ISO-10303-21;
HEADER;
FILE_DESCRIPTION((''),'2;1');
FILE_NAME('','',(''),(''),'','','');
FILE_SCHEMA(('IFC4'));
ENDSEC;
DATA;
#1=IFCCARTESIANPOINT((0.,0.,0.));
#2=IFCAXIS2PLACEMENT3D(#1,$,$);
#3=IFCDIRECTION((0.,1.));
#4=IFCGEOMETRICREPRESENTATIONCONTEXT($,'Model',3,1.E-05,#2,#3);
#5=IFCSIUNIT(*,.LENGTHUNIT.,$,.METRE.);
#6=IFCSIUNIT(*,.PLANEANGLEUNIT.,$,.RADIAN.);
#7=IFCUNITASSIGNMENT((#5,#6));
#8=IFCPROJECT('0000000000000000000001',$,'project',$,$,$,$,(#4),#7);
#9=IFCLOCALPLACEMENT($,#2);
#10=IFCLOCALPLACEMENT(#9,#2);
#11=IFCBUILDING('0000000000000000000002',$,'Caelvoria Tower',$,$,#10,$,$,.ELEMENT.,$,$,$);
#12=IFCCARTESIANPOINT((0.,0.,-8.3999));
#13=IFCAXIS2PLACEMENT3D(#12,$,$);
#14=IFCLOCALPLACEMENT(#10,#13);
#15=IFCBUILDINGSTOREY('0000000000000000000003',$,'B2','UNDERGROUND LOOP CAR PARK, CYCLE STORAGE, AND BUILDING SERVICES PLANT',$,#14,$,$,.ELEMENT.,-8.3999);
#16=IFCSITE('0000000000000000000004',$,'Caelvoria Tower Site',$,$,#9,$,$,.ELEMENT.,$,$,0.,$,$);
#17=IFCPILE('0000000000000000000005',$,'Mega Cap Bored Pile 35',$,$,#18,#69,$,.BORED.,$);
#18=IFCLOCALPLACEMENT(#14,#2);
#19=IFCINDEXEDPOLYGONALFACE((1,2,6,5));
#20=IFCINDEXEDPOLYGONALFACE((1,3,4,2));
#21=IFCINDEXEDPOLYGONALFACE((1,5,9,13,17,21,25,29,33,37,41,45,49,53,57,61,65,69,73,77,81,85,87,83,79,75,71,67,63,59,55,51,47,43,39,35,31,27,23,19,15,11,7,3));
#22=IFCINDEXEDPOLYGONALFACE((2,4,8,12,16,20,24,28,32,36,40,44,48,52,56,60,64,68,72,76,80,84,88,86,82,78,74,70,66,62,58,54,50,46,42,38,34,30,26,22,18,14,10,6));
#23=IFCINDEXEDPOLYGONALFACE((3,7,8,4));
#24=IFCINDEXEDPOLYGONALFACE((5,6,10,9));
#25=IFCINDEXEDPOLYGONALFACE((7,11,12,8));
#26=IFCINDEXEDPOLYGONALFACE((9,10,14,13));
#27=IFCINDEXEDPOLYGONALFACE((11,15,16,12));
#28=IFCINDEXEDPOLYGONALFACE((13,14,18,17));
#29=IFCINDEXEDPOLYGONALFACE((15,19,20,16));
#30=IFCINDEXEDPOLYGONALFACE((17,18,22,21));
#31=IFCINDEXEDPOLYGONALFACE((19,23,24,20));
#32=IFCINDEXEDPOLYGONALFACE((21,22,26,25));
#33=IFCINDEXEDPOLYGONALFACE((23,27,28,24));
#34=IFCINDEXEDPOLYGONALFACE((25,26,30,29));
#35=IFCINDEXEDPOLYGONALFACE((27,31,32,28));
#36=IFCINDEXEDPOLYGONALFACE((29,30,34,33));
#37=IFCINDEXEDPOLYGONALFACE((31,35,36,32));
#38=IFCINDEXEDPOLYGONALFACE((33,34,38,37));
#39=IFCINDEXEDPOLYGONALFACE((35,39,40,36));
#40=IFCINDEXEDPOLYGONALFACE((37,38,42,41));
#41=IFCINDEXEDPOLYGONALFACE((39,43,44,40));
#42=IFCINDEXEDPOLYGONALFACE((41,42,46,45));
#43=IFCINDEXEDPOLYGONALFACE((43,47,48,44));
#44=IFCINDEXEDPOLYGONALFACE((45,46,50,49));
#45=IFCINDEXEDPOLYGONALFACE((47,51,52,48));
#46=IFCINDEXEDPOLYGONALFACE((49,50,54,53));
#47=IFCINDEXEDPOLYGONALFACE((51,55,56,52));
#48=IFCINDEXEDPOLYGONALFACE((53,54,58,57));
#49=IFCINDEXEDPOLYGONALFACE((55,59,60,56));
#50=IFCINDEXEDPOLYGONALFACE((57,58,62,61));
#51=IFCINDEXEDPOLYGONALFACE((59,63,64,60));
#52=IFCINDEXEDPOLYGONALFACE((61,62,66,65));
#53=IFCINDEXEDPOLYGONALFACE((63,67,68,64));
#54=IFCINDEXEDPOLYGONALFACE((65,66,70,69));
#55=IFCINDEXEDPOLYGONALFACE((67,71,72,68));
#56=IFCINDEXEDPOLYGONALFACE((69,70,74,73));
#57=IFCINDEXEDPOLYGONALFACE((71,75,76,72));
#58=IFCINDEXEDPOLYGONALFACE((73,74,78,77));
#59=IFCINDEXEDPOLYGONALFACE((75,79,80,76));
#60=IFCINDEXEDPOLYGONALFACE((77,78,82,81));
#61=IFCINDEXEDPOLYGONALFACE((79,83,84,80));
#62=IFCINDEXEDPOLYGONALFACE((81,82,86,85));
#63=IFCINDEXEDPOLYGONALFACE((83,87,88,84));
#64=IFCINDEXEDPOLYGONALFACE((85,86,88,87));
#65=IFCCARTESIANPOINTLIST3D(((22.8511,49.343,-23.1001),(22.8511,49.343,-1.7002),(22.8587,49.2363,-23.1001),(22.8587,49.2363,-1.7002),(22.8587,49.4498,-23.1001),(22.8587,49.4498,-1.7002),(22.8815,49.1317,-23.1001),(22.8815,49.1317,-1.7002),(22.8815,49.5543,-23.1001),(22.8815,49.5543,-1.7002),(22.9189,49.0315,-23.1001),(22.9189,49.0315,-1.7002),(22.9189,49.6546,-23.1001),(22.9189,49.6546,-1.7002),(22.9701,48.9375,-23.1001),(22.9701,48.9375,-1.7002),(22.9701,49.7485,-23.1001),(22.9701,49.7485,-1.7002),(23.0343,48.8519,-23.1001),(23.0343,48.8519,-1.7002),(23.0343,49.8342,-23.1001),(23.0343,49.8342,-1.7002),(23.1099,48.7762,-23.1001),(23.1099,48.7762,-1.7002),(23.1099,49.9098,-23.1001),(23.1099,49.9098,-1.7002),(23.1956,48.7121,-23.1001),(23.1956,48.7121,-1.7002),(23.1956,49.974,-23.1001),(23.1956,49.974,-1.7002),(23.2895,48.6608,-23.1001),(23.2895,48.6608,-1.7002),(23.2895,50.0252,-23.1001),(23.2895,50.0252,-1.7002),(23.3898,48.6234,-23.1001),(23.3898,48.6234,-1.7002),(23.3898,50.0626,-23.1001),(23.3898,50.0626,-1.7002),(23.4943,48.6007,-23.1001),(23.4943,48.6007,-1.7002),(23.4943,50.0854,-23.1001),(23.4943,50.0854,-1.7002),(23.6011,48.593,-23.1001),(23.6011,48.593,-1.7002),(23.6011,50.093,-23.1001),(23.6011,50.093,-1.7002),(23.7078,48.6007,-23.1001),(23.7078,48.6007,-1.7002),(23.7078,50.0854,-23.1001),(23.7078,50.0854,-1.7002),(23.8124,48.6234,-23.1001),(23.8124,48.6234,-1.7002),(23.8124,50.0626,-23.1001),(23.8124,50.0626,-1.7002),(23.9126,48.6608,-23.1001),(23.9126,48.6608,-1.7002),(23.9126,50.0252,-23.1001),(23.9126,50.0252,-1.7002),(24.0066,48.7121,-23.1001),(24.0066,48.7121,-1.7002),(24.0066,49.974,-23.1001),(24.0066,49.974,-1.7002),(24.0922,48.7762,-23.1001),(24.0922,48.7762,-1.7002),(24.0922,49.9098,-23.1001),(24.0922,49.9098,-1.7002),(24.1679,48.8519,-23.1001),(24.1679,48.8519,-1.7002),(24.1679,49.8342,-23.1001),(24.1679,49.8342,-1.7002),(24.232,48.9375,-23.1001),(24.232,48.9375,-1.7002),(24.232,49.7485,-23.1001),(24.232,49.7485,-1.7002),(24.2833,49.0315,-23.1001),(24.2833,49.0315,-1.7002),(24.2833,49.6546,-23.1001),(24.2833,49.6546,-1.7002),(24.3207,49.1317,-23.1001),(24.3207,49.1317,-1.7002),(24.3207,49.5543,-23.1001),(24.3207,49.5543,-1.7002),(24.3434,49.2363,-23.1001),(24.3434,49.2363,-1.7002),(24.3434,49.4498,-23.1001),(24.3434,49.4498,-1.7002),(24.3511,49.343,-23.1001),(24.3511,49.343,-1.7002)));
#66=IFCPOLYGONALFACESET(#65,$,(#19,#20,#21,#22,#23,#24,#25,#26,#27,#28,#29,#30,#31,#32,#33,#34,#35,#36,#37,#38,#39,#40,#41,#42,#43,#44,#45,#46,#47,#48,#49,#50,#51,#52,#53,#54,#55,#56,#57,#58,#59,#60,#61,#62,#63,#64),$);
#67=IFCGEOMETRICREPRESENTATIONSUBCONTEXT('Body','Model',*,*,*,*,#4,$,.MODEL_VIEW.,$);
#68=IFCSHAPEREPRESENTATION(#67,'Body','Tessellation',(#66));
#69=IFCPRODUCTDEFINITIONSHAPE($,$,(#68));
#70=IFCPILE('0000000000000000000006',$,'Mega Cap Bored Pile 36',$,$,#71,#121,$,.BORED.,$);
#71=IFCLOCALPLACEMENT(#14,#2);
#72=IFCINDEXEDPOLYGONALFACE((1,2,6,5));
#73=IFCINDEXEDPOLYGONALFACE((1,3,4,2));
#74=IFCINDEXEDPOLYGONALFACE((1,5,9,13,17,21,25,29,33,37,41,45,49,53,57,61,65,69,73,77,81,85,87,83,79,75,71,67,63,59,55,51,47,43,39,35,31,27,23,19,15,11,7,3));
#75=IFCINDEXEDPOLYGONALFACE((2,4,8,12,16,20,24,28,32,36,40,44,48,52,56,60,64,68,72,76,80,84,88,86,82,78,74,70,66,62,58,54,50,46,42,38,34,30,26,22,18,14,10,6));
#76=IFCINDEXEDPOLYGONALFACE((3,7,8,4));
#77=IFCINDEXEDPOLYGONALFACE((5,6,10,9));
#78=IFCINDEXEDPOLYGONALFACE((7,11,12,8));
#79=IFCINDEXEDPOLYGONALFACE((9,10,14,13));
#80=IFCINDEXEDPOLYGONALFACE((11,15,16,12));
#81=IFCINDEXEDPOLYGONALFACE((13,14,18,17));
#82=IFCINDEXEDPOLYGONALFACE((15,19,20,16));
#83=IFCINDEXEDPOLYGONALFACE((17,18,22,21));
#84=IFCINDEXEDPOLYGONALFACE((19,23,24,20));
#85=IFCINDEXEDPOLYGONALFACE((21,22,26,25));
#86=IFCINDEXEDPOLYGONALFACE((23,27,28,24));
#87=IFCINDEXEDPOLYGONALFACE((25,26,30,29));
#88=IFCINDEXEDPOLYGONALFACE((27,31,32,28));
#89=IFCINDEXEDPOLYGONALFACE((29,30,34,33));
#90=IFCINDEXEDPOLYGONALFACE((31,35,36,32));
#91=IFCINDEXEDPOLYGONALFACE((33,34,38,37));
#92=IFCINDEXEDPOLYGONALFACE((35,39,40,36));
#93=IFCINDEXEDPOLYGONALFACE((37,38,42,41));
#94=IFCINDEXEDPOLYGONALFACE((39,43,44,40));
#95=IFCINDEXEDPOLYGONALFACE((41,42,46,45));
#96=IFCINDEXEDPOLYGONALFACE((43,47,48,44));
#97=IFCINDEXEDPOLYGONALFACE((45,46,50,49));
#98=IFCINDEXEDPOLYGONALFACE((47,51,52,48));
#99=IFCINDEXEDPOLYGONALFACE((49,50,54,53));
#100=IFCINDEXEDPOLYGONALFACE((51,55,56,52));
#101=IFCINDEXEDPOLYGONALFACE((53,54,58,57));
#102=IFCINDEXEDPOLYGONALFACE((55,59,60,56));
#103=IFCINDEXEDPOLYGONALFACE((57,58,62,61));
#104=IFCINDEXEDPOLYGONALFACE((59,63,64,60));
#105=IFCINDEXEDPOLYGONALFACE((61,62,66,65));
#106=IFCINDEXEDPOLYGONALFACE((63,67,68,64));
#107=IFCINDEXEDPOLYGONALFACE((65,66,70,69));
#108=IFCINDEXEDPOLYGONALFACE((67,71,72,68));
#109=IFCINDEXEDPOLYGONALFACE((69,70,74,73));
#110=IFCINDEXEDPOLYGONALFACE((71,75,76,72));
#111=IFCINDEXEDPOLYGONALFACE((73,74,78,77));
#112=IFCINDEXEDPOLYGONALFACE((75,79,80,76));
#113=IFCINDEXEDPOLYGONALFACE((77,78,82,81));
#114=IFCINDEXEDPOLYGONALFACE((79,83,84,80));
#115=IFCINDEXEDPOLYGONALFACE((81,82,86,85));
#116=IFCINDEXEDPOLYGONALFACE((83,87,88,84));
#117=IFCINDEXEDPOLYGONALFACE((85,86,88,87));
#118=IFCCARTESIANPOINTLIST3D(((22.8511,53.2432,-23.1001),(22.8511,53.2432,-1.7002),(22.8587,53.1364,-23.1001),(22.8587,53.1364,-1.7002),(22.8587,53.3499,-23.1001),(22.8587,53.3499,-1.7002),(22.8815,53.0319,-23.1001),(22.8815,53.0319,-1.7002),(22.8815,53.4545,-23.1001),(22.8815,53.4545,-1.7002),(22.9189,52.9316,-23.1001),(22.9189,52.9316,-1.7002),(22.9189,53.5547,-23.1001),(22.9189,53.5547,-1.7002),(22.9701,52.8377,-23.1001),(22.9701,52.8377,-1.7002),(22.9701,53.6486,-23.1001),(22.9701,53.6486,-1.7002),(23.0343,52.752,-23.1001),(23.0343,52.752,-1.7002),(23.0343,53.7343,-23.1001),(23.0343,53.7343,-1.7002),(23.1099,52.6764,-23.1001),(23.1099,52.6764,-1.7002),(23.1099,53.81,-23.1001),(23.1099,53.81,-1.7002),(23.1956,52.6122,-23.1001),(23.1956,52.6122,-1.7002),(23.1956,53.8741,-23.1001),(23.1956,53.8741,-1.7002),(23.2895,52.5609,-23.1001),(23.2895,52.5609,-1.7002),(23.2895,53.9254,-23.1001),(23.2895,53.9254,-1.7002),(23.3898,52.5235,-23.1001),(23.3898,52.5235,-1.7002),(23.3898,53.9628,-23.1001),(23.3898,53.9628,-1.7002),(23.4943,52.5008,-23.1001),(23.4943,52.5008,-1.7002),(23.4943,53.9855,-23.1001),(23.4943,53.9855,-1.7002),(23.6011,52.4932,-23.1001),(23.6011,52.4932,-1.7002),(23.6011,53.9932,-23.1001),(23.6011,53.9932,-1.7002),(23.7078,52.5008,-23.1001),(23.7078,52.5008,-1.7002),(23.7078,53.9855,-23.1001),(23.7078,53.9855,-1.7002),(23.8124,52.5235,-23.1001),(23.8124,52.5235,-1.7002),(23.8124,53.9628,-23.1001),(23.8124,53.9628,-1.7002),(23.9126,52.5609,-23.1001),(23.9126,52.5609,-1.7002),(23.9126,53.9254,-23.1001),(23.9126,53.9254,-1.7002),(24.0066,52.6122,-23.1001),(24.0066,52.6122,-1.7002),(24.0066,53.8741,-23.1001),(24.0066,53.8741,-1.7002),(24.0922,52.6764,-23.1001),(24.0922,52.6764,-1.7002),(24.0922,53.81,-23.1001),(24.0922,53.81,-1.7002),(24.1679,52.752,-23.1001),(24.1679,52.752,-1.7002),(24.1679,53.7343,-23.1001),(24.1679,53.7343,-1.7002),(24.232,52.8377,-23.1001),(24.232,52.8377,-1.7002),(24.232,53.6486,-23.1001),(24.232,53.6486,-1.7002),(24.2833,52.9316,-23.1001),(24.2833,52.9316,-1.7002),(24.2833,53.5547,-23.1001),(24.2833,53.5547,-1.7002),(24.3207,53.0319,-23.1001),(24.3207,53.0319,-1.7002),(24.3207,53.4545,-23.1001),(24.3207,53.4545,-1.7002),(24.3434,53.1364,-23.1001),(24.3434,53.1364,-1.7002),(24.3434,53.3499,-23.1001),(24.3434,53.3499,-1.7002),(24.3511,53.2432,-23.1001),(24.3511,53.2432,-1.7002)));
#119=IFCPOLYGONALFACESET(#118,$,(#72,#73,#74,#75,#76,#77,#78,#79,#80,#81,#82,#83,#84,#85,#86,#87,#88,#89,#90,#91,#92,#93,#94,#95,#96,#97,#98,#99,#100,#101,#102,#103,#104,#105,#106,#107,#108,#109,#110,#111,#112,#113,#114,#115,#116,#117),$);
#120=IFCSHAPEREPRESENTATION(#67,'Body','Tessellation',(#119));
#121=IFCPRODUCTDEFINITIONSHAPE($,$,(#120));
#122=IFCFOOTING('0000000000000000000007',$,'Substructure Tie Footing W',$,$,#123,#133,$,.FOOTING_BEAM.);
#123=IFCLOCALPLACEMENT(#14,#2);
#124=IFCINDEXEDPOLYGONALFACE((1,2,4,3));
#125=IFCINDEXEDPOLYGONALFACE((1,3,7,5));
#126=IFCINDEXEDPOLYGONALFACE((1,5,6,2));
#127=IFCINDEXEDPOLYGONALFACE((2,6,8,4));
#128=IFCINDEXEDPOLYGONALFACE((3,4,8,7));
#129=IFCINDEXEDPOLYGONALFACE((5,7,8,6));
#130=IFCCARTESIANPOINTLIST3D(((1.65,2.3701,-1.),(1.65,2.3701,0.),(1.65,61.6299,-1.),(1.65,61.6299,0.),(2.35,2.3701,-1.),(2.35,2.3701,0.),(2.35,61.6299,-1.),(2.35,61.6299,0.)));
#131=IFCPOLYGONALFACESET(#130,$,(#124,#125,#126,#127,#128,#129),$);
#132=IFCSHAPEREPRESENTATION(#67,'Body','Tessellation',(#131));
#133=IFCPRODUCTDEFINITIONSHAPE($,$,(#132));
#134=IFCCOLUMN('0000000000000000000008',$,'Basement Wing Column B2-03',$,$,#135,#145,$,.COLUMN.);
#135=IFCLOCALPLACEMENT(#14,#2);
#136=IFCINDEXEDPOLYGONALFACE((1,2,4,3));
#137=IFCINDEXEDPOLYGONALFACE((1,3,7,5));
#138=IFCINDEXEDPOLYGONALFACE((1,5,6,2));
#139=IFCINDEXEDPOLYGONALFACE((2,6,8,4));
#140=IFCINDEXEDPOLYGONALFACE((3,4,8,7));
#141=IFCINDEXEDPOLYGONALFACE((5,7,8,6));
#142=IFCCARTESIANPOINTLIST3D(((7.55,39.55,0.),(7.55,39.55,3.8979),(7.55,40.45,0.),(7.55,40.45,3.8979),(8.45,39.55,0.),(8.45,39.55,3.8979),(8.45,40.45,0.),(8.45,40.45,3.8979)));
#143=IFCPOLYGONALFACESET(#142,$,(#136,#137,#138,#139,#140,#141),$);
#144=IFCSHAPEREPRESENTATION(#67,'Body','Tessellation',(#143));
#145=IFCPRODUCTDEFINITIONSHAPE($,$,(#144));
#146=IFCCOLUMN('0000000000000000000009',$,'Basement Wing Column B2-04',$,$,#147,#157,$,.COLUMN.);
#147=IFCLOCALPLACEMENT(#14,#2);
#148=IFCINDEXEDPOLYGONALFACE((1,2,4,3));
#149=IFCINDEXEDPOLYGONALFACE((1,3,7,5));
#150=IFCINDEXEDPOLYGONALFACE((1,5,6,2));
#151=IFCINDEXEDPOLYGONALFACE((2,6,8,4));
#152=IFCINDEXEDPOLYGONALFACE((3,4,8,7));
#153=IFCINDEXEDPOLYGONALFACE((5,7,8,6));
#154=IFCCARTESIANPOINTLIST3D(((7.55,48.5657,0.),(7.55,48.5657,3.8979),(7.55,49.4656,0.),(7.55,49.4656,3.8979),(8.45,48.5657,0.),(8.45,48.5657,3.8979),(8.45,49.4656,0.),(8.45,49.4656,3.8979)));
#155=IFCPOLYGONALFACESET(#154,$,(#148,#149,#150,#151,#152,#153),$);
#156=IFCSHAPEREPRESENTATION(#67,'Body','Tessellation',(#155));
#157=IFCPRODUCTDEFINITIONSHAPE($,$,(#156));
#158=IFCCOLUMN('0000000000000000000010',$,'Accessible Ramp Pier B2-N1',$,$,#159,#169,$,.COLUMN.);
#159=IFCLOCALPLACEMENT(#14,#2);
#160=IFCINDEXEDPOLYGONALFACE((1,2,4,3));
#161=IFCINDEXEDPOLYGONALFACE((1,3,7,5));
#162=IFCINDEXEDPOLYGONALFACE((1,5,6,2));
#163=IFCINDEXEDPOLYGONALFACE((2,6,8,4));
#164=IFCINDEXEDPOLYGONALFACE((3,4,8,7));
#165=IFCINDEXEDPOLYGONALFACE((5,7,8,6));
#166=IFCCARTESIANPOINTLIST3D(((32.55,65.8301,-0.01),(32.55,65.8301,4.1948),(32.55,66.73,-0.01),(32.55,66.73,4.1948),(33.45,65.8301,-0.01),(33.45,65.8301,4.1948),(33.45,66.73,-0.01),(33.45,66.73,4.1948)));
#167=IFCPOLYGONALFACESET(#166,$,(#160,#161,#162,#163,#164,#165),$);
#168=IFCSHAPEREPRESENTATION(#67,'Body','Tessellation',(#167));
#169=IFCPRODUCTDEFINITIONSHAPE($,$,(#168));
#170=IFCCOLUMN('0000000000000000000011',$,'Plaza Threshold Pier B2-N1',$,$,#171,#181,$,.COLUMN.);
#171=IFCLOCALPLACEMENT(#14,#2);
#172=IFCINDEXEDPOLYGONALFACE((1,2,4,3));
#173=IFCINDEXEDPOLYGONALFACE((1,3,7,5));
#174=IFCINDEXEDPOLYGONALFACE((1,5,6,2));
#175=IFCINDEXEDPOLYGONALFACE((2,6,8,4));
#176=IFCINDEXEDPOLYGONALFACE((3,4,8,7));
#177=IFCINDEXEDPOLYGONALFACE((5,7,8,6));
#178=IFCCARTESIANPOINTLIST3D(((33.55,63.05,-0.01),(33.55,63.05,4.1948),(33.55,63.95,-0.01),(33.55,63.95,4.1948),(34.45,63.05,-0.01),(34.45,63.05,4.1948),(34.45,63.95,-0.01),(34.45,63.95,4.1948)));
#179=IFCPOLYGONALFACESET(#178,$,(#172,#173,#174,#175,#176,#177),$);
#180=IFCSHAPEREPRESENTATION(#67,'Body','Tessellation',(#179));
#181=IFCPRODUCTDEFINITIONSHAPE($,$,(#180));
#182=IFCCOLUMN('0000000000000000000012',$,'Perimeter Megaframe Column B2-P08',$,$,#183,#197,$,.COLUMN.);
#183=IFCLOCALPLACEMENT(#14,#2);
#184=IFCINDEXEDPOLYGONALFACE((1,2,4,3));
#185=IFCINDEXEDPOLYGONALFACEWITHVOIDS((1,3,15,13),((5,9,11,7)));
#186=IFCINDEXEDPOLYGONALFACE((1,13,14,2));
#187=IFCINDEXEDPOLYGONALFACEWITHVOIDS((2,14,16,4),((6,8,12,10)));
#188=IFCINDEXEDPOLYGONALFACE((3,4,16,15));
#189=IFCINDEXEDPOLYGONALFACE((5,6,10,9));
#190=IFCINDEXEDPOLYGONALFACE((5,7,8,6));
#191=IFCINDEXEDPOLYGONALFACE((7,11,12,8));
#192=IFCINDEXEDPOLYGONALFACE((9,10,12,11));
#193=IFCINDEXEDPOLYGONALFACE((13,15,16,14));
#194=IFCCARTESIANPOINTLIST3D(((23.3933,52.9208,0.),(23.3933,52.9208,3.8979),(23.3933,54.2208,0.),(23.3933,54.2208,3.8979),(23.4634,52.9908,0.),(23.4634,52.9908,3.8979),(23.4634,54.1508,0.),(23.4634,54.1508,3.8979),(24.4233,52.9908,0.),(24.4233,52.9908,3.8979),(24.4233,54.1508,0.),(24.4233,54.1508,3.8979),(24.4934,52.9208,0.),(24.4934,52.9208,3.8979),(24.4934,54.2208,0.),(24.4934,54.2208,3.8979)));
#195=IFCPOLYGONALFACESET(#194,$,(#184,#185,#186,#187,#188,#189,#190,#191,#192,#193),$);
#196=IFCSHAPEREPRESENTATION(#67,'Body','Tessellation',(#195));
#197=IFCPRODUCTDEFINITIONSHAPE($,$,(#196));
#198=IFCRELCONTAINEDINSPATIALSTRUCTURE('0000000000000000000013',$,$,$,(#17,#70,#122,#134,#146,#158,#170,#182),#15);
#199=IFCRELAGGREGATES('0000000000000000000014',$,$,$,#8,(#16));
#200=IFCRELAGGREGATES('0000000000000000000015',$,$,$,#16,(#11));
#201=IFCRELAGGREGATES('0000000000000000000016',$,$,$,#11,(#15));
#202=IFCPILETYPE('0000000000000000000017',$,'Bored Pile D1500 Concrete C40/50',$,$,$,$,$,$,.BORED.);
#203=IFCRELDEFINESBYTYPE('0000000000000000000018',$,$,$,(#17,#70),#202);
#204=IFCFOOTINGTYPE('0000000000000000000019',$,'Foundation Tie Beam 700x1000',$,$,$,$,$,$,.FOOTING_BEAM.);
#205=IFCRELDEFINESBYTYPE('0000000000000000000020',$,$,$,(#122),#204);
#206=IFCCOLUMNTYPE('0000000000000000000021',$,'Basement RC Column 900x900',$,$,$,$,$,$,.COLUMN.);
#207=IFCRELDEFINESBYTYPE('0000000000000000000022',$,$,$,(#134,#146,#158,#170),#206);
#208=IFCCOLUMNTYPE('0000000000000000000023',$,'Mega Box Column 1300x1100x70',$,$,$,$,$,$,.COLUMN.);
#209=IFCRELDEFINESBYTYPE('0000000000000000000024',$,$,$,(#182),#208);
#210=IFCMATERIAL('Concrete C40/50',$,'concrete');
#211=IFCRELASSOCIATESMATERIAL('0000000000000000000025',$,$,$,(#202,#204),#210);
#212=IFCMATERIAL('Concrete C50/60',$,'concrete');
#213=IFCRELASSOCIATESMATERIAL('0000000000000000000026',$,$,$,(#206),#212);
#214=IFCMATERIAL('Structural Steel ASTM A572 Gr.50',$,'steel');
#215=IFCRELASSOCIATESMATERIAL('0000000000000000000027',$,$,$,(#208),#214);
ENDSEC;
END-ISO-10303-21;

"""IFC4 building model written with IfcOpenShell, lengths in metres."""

from ifc_helpers import new_model, si_unit, direction, frame, origin, origin_2d, place, context, subcontext, project, spatial, rectangle, hollow_rectangle, circle, extrude, material, material_profile, profile_set, type_object, element, save


model = new_model("IFC4")

# Units and contexts
model_context = context("Model", 3, precision=1e-05, world=origin(), true_north=direction((0.0, 1.0)))
body_context = subcontext(model_context, "Body", "Model", "MODEL_VIEW")
ifc_project = project(units=[si_unit("LENGTHUNIT", "METRE"), si_unit("PLANEANGLEUNIT", "RADIAN")], contexts=[model_context])

# Site, building, storey
site_placement = place(None, origin())
site = spatial("IfcSite", under=ifc_project, at=site_placement, Name="Caelvoria Tower Site", CompositionType="ELEMENT", RefElevation=0.0)
building_placement = place(site_placement, origin())
building = spatial("IfcBuilding", under=site, at=building_placement, Name="Caelvoria Tower", CompositionType="ELEMENT")
storey_placement = place(building_placement, frame((0.0, 0.0, -8.3999)))
storey = spatial("IfcBuildingStorey", under=building, at=storey_placement, Name="B2", Description="UNDERGROUND LOOP CAR PARK, CYCLE STORAGE, AND BUILDING SERVICES PLANT", CompositionType="ELEMENT", Elevation=-8.3999)

# Piles
ifc_material_1 = material(Name="Concrete C40/50", Category="concrete")
ifc_material_profile_1 = material_profile(ifc_material_1, circle(Radius=0.75, at=origin_2d()), Name="Concrete C40/50")
ifc_profile_set_1 = profile_set([ifc_material_profile_1], Name="PILE_D1500 - Concrete C40/50")
pile_type_1 = type_object("IfcPileType", Name="Bored Pile D1500 Concrete C40/50", PredefinedType="BORED", material=ifc_profile_set_1)
for number, where, z_axis, x_axis, name in (
    (1, (23.6011, 49.343, -1.7002), (0.0, 0.0, -1.0), (1.0, 0.0, 0.0), "Mega Cap Bored Pile 35"),
    (2, (23.6011, 53.2432, -1.7002), (0.0, 0.0, -1.0), (1.0, 0.0, 0.0), "Mega Cap Bored Pile 36"),
):
    element("IfcPile", number, at=place(storey_placement, frame(where, z_axis=z_axis, x_axis=x_axis)), inside=storey, type_object=pile_type_1, Name=name, PredefinedType="BORED", context=body_context, shape_type="SweptSolid", body=[
        extrude(circle(Radius=0.75, at=origin_2d()), origin(), (0.0, 0.0, 1.0), 21.3999),
    ])

# Footing
ifc_material_profile_2 = material_profile(ifc_material_1, rectangle(XDim=0.7, YDim=1.0, at=origin_2d()), Name="Concrete C40/50")
ifc_profile_set_2 = profile_set([ifc_material_profile_2], Name="RC_GB_700X1000 - Concrete C40/50")
footing_type = type_object("IfcFootingType", Name="Foundation Tie Beam 700x1000", PredefinedType="FOOTING_BEAM", material=ifc_profile_set_2)
footing_placement = place(storey_placement, frame((2.0, 61.6299, -0.5), z_axis=(0.0, -1.0, 0.0), x_axis=(1.0, 0.0, 0.0)))
element("IfcFooting", 3, at=footing_placement, inside=storey, type_object=footing_type, Name="Substructure Tie Footing W", PredefinedType="FOOTING_BEAM", context=body_context, shape_type="SweptSolid", body=[
    extrude(rectangle(XDim=0.7, YDim=1.0, at=origin_2d()), origin(), (0.0, 0.0, 1.0), 59.2598),
])

# Columns
ifc_material_2 = material(Name="Concrete C50/60", Category="concrete")
ifc_material_profile_3 = material_profile(ifc_material_2, rectangle(XDim=0.8999, YDim=0.8999, at=origin_2d()), Name="Concrete C50/60")
ifc_profile_set_3 = profile_set([ifc_material_profile_3], Name="RC_COL_900X900 - Concrete C50/60")
column_type_1 = type_object("IfcColumnType", Name="Basement RC Column 900x900", PredefinedType="COLUMN", material=ifc_profile_set_3)
for number, where, z_axis, x_axis, name in (
    (4, (8.0, 40.0, 0.0), (0.0, 0.0, 1.0), (1.0, 0.0, 0.0), "Basement Wing Column B2-03"),
    (5, (8.0, 49.0156, 0.0), (0.0, 0.0, 1.0), (1.0, 0.0, 0.0), "Basement Wing Column B2-04"),
):
    element("IfcColumn", number, at=place(storey_placement, frame(where, z_axis=z_axis, x_axis=x_axis)), inside=storey, type_object=column_type_1, Name=name, PredefinedType="COLUMN", context=body_context, shape_type="SweptSolid", body=[
        extrude(rectangle(XDim=0.8999, YDim=0.8999, at=origin_2d()), origin(), (0.0, 0.0, 1.0), 3.8979),
    ])
for number, where, z_axis, x_axis, name in (
    (6, (33.0, 66.28, -0.01), (0.0, 0.0, 1.0), (1.0, 0.0, 0.0), "Accessible Ramp Pier B2-N1"),
    (7, (34.0, 63.5, -0.01), (0.0, 0.0, 1.0), (1.0, 0.0, 0.0), "Plaza Threshold Pier B2-N1"),
):
    element("IfcColumn", number, at=place(storey_placement, frame(where, z_axis=z_axis, x_axis=x_axis)), inside=storey, type_object=column_type_1, Name=name, PredefinedType="COLUMN", context=body_context, shape_type="SweptSolid", body=[
        extrude(rectangle(XDim=0.8999, YDim=0.8999, at=origin_2d()), origin(), (0.0, 0.0, 1.0), 4.2048),
    ])
ifc_material_3 = material(Name="Structural Steel ASTM A572 Gr.50", Category="steel")
ifc_material_profile_4 = material_profile(ifc_material_3, hollow_rectangle(XDim=1.1001, YDim=1.3, WallThickness=0.0701, at=origin_2d()), Name="Structural Steel ASTM A572 Gr.50")
ifc_profile_set_4 = profile_set([ifc_material_profile_4], Name="BOX1300X1100X70 - Structural Steel ASTM A572 Gr.50")
column_type_2 = type_object("IfcColumnType", Name="Mega Box Column 1300x1100x70", PredefinedType="COLUMN", material=ifc_profile_set_4)
for number, where, z_axis, x_axis, name in (
    (8, (23.9434, 53.5708, 0.0), (0.0, 0.0, 1.0), (1.0, 0.0, 0.0), "Perimeter Megaframe Column B2-P08"),
):
    element("IfcColumn", number, at=place(storey_placement, frame(where, z_axis=z_axis, x_axis=x_axis)), inside=storey, type_object=column_type_2, Name=name, PredefinedType="COLUMN", context=body_context, shape_type="SweptSolid", body=[
        extrude(hollow_rectangle(XDim=1.1001, YDim=1.3, WallThickness=0.0701, at=origin_2d()), origin(), (0.0, 0.0, 1.0), 3.8979),
    ])

save(model, "model.ifc")
